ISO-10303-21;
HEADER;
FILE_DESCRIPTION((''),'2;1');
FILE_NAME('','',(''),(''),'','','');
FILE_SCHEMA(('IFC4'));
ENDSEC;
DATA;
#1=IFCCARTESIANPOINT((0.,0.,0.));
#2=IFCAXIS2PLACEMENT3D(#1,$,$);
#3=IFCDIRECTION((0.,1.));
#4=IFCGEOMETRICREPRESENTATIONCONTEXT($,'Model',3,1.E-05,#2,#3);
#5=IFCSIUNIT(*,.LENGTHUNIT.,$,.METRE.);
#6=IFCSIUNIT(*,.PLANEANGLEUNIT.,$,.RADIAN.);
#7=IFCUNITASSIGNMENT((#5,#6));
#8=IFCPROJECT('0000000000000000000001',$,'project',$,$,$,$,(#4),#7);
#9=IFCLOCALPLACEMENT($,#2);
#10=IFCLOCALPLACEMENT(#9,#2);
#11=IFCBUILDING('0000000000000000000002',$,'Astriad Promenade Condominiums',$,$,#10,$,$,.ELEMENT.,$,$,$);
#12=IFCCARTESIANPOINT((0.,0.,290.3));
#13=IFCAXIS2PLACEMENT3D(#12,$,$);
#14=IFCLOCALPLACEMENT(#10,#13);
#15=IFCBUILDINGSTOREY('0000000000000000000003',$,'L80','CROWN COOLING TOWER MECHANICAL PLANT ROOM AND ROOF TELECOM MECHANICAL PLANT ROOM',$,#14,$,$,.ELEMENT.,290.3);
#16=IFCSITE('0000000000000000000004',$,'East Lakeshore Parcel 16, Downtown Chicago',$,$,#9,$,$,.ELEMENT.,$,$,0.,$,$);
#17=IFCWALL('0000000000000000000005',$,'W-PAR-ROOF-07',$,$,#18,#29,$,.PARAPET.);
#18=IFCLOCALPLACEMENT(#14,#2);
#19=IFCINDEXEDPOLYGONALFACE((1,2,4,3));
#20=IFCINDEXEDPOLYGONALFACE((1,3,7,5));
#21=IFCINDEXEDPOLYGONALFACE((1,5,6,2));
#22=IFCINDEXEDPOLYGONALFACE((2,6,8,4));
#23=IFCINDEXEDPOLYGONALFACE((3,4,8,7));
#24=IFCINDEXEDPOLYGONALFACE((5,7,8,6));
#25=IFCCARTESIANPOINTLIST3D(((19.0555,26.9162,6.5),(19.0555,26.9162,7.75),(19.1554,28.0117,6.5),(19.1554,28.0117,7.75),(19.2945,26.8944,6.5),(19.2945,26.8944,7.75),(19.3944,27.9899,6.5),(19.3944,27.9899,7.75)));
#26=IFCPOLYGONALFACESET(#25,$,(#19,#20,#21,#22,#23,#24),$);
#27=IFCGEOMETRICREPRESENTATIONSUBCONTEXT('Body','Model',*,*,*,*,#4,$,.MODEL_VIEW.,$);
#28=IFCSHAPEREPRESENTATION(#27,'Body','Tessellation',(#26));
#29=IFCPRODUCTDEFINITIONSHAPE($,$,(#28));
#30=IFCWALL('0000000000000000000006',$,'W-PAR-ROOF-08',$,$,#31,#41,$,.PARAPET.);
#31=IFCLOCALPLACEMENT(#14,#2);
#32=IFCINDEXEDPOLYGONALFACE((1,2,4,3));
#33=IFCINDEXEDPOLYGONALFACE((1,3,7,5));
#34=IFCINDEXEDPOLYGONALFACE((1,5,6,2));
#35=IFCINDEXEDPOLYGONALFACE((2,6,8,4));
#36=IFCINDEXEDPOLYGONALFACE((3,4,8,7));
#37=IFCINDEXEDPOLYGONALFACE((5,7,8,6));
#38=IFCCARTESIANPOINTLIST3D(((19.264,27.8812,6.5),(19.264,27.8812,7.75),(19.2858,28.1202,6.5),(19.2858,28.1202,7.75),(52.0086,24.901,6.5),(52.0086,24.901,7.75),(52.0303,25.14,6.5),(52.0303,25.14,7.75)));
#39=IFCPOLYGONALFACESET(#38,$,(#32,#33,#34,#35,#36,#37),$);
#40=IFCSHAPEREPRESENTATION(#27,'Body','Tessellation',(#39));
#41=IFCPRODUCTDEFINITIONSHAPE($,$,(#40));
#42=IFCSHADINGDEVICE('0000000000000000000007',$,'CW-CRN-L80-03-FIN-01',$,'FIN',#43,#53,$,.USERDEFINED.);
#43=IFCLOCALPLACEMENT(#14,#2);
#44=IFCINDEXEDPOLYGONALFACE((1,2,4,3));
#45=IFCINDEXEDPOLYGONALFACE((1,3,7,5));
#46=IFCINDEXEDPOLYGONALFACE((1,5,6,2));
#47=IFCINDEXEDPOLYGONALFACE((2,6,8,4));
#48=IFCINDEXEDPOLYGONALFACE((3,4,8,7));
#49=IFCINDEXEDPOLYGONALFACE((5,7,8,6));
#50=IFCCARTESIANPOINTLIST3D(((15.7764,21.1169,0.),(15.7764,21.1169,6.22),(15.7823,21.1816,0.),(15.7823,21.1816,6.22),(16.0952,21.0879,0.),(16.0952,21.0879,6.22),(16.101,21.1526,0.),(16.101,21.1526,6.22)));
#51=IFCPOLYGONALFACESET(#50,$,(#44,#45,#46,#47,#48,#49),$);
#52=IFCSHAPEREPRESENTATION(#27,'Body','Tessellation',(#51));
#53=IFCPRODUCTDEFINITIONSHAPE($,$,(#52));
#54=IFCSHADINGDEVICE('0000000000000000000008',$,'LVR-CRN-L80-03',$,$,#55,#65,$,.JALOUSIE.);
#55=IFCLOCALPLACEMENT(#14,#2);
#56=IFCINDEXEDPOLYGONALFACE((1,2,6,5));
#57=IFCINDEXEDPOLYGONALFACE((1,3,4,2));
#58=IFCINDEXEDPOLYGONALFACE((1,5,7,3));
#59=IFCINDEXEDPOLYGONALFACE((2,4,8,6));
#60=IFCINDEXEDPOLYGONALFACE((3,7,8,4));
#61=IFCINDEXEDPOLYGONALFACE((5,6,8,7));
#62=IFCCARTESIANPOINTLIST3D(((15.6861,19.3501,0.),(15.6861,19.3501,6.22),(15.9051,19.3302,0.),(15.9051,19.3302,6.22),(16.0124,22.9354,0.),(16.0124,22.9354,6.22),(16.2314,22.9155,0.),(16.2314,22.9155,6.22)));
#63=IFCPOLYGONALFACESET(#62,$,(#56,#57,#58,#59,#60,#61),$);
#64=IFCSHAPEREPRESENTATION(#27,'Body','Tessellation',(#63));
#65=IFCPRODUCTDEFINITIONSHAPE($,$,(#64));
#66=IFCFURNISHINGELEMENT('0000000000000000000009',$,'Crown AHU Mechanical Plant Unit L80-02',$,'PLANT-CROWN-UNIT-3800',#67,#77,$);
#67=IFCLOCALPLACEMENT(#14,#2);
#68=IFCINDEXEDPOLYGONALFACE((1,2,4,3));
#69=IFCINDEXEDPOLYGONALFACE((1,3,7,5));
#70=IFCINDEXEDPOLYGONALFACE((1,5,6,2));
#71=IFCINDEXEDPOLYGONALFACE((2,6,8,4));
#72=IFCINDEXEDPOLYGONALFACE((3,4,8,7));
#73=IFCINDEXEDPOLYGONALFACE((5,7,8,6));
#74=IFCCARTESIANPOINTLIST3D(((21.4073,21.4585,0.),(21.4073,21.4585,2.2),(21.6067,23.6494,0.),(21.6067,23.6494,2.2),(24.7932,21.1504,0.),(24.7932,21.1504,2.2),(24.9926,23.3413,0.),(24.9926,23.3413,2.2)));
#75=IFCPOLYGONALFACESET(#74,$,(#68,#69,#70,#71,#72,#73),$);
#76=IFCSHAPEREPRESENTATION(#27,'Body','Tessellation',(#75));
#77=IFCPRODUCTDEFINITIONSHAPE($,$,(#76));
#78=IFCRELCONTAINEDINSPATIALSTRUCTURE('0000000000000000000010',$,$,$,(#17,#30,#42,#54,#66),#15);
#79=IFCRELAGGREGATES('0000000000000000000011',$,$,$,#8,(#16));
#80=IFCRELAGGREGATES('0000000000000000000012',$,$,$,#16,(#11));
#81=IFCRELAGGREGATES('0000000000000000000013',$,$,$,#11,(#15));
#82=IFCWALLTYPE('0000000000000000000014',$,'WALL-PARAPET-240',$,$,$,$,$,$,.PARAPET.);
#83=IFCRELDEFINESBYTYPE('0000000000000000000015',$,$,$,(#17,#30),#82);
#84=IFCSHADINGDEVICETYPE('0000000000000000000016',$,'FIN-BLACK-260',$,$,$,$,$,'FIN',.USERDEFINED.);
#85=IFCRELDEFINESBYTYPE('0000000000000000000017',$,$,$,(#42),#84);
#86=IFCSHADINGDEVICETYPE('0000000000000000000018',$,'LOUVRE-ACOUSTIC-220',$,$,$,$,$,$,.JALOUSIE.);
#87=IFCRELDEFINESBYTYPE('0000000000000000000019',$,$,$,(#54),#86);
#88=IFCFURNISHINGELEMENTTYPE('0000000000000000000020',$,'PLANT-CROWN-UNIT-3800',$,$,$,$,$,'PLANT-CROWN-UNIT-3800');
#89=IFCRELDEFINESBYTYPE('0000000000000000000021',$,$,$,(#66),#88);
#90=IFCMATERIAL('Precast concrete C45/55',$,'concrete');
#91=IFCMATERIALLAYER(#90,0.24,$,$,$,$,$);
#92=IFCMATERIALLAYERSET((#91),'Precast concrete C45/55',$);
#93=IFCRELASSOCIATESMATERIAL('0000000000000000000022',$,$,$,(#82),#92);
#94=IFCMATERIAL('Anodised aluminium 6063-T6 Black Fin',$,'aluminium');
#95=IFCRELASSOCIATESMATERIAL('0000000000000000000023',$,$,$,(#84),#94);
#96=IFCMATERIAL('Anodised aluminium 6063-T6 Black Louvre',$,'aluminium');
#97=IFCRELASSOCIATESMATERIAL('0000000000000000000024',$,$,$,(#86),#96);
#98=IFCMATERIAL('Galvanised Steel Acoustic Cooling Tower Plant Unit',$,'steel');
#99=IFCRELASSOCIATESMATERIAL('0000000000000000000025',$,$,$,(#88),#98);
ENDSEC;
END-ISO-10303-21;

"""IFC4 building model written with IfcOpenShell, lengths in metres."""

from ifc_helpers import new_model, si_unit, direction, frame, frame_2d, origin, origin_2d, place, context, subcontext, project, spatial, rectangle, extrude, source, transform, mapped, material, layer, layer_set, type_object, type_shapes, element, save


model = new_model("IFC4")

# Units and contexts
model_context = context("Model", 3, precision=1e-05, world=origin(), true_north=direction((0.0, 1.0)))
body_context = subcontext(model_context, "Body", "Model", "MODEL_VIEW")
ifc_project = project(units=[si_unit("LENGTHUNIT", "METRE"), si_unit("PLANEANGLEUNIT", "RADIAN")], contexts=[model_context])

# Site, building, storey
site_placement = place(None, origin())
site = spatial("IfcSite", under=ifc_project, at=site_placement, Name="East Lakeshore Parcel 16, Downtown Chicago", CompositionType="ELEMENT", RefElevation=0.0)
building_placement = place(site_placement, origin())
building = spatial("IfcBuilding", under=site, at=building_placement, Name="Astriad Promenade Condominiums", CompositionType="ELEMENT")
storey_placement = place(building_placement, frame((0.0, 0.0, 290.3)))
storey = spatial("IfcBuildingStorey", under=building, at=storey_placement, Name="L80", Description="CROWN COOLING TOWER MECHANICAL PLANT ROOM AND ROOF TELECOM MECHANICAL PLANT ROOM", CompositionType="ELEMENT", Elevation=290.3)

# Walls
ifc_material_1 = material(Name="Precast concrete C45/55", Category="concrete")
ifc_layer_1 = layer(ifc_material_1, 0.24)
ifc_layer_set_1 = layer_set([ifc_layer_1], Name="Precast concrete C45/55")
wall_type_1 = type_object("IfcWallType", Name="WALL-PARAPET-240", PredefinedType="PARAPET", material=ifc_layer_set_1)
for number, where, z_axis, x_axis, name in (
    (1, (19.175, 26.9053, 6.5), (0.0, 0.0, 1.0), (0.090776, 0.995871, 0.0), "W-PAR-ROOF-07"),
):
    element("IfcWall", number, at=place(storey_placement, frame(where, z_axis=z_axis, x_axis=x_axis)), inside=storey, type_object=wall_type_1, Name=name, PredefinedType="PARAPET", context=body_context, shape_type="SweptSolid", body=[
        extrude(rectangle(XDim=1.1001, YDim=0.24, at=frame_2d((0.55, 0.0))), origin(), (0.0, 0.0, 1.0), 1.25),
    ])
wall_placement = place(storey_placement, frame((19.2749, 28.0007, 6.5), z_axis=(0.0, 0.0, 1.0), x_axis=(0.995884, -0.09064, 0.0)))
element("IfcWall", 2, at=wall_placement, inside=storey, type_object=wall_type_1, Name="W-PAR-ROOF-08", PredefinedType="PARAPET", context=body_context, shape_type="SweptSolid", body=[
    extrude(rectangle(XDim=32.8799, YDim=0.24, at=frame_2d((16.4399, 0.0))), origin(), (0.0, 0.0, 1.0), 1.25),
])

# Shading devices
ifc_material_2 = material(Name="Anodised aluminium 6063-T6 Black Fin", Category="aluminium")
shading_device_type_1 = type_object("IfcShadingDeviceType", Name="FIN-BLACK-260", ElementType="FIN", PredefinedType="USERDEFINED", material=ifc_material_2)
shared_shape_1 = source(origin(), body_context, "Body", "SweptSolid", [
    extrude(rectangle(XDim=0.0649, YDim=0.3201, at=origin_2d()), origin(), (0.0, 0.0, 1.0), 6.22),
])
type_shapes(shading_device_type_1, [shared_shape_1])
shading_device_1_placement = place(storey_placement, frame((15.9387, 21.1348, 0.0), z_axis=(0.0, 0.0, 1.0), x_axis=(0.090633, 0.995884, 0.0)))
element("IfcShadingDevice", 3, at=shading_device_1_placement, inside=storey, type_object=shading_device_type_1, Name="CW-CRN-L80-03-FIN-01", ObjectType="FIN", PredefinedType="USERDEFINED", context=body_context, shape_type="MappedRepresentation", body=[
    mapped(shared_shape_1, transform((0.0, 0.0, 0.0), scale=1.0)),
])
ifc_material_3 = material(Name="Anodised aluminium 6063-T6 Black Louvre", Category="aluminium")
shading_device_type_2 = type_object("IfcShadingDeviceType", Name="LOUVRE-ACOUSTIC-220", PredefinedType="JALOUSIE", material=ifc_material_3)
shared_shape_2 = source(origin(), body_context, "Body", "SweptSolid", [
    extrude(rectangle(XDim=3.6001, YDim=0.22, at=origin_2d()), origin(), (0.0, 0.0, 1.0), 6.22),
])
type_shapes(shading_device_type_2, [shared_shape_2])
shading_device_2_placement = place(storey_placement, frame((15.9587, 21.1328, 0.0), z_axis=(0.0, 0.0, 1.0), x_axis=(0.090633, 0.995884, 0.0)))
element("IfcShadingDevice", 4, at=shading_device_2_placement, inside=storey, type_object=shading_device_type_2, Name="LVR-CRN-L80-03", PredefinedType="JALOUSIE", context=body_context, shape_type="MappedRepresentation", body=[
    mapped(shared_shape_2, transform((0.0, 0.0, 0.0), scale=1.0)),
])

# Furnishing element
ifc_material_4 = material(Name="Galvanised Steel Acoustic Cooling Tower Plant Unit", Category="steel")
furnishing_element_type = type_object("IfcFurnishingElementType", Name="PLANT-CROWN-UNIT-3800", ElementType="PLANT-CROWN-UNIT-3800", material=ifc_material_4)
shared_shape_3 = source(origin(), body_context, "Body", "SweptSolid", [
    extrude(rectangle(XDim=3.3999, YDim=2.2, at=origin_2d()), origin(), (0.0, 0.0, 1.0), 2.2),
])
type_shapes(furnishing_element_type, [shared_shape_3])
furnishing_placement = place(storey_placement, frame((23.2, 22.3999, 0.0), z_axis=(0.0, 0.0, 1.0), x_axis=(0.995884, -0.090633, 0.0)))
element("IfcFurnishingElement", 5, at=furnishing_placement, inside=storey, type_object=furnishing_element_type, Name="Crown AHU Mechanical Plant Unit L80-02", ObjectType="PLANT-CROWN-UNIT-3800", context=body_context, shape_type="MappedRepresentation", body=[
    mapped(shared_shape_3, transform((0.0, 0.0, 0.0), scale=1.0)),
])

save(model, "model.ifc")
